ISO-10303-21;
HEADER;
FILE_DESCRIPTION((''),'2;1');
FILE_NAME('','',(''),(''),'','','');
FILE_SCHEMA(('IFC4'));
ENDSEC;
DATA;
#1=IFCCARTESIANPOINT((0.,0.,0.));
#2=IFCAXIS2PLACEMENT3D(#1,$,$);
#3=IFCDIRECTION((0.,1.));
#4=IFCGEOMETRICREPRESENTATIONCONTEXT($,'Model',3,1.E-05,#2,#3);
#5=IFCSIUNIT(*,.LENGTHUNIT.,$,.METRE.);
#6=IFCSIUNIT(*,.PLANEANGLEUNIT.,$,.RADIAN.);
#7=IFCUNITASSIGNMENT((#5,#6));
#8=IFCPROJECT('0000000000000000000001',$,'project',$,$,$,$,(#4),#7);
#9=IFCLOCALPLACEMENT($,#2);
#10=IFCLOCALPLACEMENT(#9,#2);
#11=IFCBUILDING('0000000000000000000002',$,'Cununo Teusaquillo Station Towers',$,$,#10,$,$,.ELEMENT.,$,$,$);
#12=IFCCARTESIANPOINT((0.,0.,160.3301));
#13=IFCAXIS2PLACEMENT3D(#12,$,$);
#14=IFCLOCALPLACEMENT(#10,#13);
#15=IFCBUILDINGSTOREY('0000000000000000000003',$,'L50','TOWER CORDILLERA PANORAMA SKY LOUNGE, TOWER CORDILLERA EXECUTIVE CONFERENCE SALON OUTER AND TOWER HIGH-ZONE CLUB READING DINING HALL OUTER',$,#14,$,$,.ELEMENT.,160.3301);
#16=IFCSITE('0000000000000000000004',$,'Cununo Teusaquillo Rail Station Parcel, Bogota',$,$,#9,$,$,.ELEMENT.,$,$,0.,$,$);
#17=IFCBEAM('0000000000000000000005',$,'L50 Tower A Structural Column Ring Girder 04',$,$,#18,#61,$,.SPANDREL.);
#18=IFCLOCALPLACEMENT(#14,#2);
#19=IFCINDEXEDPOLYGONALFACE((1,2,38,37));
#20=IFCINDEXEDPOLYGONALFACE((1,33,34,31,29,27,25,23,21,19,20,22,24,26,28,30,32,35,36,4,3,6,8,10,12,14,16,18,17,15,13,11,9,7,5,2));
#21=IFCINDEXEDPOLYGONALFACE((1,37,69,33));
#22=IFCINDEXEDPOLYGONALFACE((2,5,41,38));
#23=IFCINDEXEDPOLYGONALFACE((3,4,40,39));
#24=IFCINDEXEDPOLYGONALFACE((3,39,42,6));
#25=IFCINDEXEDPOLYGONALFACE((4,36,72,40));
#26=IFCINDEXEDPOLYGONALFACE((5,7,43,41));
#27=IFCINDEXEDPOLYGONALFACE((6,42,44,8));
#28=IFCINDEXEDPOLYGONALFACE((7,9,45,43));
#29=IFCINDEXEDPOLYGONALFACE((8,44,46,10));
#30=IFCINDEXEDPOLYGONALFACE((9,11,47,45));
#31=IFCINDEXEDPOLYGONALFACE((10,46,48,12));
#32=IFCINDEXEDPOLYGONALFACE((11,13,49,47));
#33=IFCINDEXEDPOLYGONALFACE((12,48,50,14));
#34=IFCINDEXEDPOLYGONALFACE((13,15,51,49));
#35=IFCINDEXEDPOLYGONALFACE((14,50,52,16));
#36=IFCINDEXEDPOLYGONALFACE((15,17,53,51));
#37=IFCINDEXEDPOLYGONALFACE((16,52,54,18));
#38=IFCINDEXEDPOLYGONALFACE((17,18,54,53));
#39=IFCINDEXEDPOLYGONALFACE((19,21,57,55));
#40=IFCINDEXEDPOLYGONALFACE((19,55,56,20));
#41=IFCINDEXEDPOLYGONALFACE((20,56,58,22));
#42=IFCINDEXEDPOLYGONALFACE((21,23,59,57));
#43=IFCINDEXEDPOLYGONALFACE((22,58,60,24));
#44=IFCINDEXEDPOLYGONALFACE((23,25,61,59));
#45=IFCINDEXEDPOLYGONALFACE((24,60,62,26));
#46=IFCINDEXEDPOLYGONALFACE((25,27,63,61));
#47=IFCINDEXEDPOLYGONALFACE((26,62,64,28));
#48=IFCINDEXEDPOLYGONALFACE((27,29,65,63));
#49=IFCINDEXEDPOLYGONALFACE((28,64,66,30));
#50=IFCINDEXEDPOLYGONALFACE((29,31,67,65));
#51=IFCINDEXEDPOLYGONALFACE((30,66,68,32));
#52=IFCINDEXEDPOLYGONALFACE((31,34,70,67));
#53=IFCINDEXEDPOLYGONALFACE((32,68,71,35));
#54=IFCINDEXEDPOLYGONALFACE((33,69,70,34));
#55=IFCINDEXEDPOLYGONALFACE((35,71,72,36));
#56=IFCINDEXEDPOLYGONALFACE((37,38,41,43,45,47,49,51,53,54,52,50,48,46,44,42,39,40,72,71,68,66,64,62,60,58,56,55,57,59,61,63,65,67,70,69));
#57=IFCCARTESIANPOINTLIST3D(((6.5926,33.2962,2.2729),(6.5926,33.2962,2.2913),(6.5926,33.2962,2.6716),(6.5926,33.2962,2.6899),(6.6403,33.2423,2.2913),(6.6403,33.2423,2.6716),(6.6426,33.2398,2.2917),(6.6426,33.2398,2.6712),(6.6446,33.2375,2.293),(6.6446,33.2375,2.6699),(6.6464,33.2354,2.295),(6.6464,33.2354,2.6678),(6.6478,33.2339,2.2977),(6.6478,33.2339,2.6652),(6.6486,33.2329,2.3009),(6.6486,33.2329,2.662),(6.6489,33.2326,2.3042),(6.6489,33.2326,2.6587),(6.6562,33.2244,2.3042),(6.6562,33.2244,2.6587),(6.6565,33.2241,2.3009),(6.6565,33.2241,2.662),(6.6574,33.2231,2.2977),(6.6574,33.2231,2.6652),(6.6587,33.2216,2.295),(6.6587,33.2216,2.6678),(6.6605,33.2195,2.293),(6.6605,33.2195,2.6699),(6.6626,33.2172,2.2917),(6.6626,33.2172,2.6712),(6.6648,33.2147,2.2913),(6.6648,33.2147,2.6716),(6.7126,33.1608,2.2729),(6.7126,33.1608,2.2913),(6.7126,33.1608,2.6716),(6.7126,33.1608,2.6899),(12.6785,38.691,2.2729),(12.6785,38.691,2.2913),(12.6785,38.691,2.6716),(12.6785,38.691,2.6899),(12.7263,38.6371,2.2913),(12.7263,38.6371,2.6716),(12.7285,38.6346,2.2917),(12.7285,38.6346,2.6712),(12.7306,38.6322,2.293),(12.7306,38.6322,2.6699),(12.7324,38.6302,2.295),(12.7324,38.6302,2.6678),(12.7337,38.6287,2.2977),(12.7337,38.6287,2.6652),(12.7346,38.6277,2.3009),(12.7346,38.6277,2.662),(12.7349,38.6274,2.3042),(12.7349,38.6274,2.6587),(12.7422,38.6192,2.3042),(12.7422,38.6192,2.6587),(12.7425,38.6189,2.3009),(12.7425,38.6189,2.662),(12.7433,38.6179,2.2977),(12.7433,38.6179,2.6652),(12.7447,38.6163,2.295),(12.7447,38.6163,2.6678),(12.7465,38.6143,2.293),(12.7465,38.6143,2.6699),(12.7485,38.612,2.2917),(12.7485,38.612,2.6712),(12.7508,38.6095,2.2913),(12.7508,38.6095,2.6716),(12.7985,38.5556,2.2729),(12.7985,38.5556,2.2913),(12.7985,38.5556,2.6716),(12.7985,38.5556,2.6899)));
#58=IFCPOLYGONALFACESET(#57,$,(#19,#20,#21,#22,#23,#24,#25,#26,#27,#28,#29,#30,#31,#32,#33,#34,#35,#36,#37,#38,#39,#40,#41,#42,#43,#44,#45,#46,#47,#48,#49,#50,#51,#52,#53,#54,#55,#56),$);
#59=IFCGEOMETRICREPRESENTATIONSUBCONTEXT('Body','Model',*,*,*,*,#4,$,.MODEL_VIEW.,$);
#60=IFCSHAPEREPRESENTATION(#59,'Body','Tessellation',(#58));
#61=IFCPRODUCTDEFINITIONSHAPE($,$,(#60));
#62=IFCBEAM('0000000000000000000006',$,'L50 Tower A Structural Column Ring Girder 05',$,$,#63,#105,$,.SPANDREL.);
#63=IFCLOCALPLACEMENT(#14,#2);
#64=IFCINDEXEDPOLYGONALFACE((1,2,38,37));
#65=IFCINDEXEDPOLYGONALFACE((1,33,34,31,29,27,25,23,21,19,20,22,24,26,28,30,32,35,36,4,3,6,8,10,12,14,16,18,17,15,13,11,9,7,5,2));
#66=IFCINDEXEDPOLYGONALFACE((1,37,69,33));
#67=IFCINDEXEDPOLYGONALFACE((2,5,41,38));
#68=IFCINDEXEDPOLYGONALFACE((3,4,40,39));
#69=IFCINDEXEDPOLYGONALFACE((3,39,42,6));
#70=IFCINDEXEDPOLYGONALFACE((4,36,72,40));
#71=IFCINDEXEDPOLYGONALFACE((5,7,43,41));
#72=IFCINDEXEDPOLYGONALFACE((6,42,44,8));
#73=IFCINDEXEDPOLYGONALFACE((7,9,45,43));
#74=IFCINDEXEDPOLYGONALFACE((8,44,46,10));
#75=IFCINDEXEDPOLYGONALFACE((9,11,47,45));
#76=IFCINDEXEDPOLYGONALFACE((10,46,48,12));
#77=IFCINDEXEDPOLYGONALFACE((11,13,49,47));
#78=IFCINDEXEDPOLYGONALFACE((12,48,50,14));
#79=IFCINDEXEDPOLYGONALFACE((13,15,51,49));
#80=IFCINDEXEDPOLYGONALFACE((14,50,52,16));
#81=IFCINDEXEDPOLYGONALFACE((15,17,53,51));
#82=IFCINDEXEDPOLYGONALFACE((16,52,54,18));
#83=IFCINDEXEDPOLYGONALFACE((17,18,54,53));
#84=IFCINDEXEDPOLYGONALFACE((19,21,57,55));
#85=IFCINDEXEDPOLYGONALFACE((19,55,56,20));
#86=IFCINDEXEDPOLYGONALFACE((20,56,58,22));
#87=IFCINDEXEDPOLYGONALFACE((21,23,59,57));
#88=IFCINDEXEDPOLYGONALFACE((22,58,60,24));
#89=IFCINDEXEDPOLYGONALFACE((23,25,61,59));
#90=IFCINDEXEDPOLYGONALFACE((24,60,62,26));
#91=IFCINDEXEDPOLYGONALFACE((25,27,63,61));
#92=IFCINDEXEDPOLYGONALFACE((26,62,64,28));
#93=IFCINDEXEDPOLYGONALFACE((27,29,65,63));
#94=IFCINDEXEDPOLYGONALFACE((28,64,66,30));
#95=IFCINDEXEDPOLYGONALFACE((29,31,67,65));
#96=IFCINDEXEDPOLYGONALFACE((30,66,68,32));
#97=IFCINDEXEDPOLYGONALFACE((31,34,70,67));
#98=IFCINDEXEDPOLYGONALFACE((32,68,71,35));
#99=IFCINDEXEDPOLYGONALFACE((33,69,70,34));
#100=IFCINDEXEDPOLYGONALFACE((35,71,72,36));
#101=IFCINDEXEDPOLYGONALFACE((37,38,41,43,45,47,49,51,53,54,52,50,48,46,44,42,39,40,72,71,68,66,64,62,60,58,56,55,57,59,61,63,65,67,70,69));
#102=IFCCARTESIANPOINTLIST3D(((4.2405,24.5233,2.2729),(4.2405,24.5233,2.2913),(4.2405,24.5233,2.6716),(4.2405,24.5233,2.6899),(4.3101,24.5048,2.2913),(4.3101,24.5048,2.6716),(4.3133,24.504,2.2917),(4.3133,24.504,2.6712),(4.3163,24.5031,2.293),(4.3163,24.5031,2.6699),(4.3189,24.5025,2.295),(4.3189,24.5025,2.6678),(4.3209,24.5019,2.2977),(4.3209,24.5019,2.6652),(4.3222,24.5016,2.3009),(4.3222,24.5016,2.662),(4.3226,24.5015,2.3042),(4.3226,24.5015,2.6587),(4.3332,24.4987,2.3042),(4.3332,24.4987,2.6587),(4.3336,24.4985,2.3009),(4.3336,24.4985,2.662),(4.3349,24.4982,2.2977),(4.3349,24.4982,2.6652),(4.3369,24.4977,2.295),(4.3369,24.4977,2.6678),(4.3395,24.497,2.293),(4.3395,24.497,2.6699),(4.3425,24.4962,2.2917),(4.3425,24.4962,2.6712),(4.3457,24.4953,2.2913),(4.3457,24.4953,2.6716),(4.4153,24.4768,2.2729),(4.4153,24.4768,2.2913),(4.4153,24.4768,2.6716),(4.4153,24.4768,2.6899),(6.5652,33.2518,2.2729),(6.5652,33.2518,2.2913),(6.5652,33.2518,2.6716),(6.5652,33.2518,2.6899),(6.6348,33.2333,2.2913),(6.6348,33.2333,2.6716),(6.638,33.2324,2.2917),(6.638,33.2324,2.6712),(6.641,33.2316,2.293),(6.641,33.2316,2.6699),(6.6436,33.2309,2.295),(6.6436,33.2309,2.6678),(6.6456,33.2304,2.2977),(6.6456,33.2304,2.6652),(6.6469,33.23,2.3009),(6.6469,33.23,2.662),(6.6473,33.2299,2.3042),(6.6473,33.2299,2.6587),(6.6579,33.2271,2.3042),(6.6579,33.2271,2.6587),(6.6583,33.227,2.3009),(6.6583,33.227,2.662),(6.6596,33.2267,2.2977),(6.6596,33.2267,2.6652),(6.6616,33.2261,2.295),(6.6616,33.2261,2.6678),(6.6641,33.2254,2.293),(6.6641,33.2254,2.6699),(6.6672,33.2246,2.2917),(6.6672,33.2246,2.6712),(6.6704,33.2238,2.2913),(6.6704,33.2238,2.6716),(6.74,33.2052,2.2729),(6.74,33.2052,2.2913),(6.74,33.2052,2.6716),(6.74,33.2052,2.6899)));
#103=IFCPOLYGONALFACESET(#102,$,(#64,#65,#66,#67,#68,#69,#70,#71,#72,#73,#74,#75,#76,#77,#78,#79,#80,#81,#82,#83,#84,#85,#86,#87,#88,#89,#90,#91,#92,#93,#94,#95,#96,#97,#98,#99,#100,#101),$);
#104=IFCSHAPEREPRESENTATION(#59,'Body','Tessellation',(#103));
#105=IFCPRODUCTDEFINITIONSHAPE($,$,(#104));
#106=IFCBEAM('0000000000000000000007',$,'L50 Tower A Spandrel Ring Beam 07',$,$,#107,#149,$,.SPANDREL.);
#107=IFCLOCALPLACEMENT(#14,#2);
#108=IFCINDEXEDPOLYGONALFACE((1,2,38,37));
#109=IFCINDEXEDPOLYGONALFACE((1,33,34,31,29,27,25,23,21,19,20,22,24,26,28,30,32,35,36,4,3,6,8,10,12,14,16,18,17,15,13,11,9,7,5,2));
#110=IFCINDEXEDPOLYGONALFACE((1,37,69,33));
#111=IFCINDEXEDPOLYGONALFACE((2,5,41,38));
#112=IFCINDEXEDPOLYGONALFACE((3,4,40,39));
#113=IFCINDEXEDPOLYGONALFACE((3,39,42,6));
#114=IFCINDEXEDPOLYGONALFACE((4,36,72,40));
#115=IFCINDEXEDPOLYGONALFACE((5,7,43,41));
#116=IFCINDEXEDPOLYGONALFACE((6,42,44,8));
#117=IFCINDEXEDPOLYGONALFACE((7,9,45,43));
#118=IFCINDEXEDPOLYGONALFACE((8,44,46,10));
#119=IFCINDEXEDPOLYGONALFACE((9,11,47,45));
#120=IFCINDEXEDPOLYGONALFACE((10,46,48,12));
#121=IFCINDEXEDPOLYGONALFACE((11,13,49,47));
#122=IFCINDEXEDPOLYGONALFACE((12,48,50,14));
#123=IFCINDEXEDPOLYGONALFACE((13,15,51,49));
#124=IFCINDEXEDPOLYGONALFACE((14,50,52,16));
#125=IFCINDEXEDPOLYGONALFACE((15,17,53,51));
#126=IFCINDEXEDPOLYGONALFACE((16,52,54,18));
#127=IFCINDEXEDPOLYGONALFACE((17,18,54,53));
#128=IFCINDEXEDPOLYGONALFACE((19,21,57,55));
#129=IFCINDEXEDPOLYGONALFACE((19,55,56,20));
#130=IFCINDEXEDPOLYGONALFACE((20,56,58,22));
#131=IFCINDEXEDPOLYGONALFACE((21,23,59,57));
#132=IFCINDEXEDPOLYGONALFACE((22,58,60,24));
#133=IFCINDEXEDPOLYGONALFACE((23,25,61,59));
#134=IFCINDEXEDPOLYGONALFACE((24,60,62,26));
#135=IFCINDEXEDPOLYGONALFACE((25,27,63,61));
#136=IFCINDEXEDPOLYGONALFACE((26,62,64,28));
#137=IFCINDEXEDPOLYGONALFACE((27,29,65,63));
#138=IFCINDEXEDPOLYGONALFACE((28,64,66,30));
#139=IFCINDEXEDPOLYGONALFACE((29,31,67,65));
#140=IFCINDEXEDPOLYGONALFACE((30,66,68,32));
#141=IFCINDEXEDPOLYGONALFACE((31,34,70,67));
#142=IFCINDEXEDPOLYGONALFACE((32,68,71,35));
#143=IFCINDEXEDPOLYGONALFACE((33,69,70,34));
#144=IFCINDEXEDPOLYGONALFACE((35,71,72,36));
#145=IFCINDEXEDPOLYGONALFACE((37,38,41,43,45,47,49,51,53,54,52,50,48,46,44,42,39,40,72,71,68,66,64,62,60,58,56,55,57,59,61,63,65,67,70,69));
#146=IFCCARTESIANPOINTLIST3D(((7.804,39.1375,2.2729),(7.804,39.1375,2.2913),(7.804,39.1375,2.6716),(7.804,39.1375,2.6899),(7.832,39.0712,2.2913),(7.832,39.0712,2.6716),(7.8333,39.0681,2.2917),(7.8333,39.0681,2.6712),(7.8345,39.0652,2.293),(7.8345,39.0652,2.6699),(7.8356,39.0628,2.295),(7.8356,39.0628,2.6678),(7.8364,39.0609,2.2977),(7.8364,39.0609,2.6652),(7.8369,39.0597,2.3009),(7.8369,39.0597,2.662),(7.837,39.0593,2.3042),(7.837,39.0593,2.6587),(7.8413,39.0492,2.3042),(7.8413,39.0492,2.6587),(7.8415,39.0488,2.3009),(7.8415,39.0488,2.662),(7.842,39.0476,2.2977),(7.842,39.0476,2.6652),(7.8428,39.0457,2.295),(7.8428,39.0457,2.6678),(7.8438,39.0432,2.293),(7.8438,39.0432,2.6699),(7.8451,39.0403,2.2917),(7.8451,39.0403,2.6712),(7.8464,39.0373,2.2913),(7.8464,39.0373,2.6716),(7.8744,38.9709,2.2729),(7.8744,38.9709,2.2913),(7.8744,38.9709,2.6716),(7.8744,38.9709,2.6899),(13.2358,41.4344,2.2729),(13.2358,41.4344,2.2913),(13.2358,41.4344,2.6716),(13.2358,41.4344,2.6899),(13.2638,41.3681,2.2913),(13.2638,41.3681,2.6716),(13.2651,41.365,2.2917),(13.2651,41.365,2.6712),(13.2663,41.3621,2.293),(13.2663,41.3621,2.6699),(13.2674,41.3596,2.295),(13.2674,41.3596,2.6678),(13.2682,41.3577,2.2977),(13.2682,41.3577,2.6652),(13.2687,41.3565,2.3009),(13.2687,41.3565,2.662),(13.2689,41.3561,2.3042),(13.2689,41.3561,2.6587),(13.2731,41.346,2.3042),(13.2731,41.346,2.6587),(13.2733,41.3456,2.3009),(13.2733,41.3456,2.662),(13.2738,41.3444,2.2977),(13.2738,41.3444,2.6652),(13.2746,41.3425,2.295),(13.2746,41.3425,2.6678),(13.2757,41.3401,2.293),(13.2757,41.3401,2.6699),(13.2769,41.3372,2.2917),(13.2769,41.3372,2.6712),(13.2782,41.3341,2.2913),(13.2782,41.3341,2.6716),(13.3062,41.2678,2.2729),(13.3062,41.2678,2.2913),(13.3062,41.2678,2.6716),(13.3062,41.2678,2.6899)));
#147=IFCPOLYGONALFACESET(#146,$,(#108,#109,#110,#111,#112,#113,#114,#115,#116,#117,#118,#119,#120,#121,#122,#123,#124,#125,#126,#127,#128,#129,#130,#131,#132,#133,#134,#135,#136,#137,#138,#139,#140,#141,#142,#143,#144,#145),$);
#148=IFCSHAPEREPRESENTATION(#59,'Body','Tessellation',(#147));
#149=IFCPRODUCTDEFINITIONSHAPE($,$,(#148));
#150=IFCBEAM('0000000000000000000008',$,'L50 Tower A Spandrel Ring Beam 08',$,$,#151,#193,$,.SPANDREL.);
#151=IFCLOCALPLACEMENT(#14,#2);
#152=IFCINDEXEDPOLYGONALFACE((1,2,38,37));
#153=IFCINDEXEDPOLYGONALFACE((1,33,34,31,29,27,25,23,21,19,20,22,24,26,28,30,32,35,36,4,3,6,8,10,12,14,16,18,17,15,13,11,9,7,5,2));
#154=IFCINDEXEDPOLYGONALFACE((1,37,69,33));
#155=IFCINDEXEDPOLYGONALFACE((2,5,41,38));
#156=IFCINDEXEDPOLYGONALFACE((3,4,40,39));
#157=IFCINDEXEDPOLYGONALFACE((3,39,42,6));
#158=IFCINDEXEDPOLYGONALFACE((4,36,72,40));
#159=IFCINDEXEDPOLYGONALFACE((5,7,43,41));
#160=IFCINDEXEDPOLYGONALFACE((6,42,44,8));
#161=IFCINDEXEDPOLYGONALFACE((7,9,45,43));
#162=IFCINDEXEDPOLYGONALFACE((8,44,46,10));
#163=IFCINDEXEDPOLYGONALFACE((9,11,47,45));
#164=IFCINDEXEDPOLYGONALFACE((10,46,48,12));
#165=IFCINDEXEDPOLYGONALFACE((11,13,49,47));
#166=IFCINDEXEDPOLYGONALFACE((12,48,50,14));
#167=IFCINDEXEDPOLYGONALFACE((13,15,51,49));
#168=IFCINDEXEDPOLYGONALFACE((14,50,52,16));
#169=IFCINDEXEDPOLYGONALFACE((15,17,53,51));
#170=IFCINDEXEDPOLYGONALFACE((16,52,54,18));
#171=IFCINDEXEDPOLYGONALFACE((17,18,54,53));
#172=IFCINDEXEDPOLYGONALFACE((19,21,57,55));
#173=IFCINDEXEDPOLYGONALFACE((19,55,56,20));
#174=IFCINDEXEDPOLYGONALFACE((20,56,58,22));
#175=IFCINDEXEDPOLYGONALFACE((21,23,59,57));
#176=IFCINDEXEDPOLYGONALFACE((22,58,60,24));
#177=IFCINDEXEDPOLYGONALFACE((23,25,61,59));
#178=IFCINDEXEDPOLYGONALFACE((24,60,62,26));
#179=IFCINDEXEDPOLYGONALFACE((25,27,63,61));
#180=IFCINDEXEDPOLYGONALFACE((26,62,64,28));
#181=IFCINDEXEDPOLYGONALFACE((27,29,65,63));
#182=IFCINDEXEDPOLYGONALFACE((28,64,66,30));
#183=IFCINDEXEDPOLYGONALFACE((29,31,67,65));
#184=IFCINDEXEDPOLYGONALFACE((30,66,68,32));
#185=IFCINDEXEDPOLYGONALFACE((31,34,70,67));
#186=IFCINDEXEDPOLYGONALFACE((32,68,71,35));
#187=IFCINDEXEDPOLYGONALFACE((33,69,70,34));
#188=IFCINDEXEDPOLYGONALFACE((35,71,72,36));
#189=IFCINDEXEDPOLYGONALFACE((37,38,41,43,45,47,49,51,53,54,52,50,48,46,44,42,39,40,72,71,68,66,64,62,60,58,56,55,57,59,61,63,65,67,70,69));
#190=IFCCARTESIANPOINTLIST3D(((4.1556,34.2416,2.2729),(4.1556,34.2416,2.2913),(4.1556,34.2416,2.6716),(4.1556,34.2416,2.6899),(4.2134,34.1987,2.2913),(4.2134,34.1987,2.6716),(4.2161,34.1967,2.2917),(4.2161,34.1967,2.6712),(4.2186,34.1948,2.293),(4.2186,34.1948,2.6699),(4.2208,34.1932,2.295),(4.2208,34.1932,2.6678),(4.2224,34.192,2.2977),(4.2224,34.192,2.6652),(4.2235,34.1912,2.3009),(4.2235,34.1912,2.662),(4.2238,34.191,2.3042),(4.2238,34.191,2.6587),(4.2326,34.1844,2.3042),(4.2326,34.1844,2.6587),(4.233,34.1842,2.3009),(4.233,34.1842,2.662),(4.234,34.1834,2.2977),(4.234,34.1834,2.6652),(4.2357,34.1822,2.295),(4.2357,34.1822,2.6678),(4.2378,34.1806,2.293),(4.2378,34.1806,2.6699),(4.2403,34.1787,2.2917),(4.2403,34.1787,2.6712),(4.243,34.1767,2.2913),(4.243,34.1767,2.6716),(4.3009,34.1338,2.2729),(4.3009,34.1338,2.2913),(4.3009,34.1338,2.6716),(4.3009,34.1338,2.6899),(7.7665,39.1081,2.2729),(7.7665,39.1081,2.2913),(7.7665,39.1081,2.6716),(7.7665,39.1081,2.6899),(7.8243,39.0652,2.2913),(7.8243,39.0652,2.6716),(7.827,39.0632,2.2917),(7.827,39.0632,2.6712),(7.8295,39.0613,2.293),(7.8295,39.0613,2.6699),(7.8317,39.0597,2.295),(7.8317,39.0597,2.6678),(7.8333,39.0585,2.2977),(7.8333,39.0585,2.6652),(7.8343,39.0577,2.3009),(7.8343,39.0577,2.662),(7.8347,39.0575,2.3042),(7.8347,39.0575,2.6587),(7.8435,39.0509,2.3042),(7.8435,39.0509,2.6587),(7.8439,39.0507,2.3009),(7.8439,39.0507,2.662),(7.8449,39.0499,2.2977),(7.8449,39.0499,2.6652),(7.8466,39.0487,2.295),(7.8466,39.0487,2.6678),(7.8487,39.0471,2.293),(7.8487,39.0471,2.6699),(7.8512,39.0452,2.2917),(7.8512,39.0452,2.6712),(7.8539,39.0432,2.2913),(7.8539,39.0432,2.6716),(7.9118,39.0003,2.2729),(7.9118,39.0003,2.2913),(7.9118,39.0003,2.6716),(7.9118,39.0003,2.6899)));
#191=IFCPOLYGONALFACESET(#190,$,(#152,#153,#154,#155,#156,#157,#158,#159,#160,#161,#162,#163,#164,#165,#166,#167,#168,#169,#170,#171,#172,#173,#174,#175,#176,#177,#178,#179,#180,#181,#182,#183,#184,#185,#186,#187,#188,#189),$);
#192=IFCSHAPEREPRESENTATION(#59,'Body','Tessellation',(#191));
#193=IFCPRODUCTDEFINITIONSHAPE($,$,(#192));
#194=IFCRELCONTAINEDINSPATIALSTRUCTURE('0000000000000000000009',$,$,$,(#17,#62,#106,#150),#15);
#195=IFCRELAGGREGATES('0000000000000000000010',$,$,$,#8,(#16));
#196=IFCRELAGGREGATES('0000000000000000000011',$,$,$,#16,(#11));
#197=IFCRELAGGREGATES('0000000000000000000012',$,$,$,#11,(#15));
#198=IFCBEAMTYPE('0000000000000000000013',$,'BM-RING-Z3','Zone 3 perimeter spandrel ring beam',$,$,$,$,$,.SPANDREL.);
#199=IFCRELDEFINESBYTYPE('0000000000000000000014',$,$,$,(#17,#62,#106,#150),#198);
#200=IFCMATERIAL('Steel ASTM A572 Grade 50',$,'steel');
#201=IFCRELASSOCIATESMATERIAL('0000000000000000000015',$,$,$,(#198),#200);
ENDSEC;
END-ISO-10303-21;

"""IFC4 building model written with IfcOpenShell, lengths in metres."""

from ifc_helpers import new_model, si_unit, direction, frame, origin, origin_2d, place, context, subcontext, project, spatial, i_section, extrude, material, material_profile, profile_set, type_object, element, save


model = new_model("IFC4")

# Units and contexts
model_context = context("Model", 3, precision=1e-05, world=origin(), true_north=direction((0.0, 1.0)))
body_context = subcontext(model_context, "Body", "Model", "MODEL_VIEW")
ifc_project = project(units=[si_unit("LENGTHUNIT", "METRE"), si_unit("PLANEANGLEUNIT", "RADIAN")], contexts=[model_context])

# Site, building, storey
site_placement = place(None, origin())
site = spatial("IfcSite", under=ifc_project, at=site_placement, Name="Cununo Teusaquillo Rail Station Parcel, Bogota", CompositionType="ELEMENT", RefElevation=0.0)
building_placement = place(site_placement, origin())
building = spatial("IfcBuilding", under=site, at=building_placement, Name="Cununo Teusaquillo Station Towers", CompositionType="ELEMENT")
storey_placement = place(building_placement, frame((0.0, 0.0, 160.3301)))
storey = spatial("IfcBuildingStorey", under=building, at=storey_placement, Name="L50", Description="TOWER CORDILLERA PANORAMA SKY LOUNGE, TOWER CORDILLERA EXECUTIVE CONFERENCE SALON OUTER AND TOWER HIGH-ZONE CLUB READING DINING HALL OUTER", CompositionType="ELEMENT", Elevation=160.3301)

# Beams
ifc_material_1 = material(Name="Steel ASTM A572 Grade 50", Category="steel")
ifc_material_profile_1 = material_profile(ifc_material_1, i_section(OverallWidth=0.1809, OverallDepth=0.417, WebThickness=0.011, FlangeThickness=0.0183, FilletRadius=0.0129, at=origin_2d()), Name="W16X57")
ifc_profile_set_1 = profile_set([ifc_material_profile_1], Name="Steel ASTM A572 Grade 50")
beam_type_1 = type_object("IfcBeamType", Name="BM-RING-Z3", Description="Zone 3 perimeter spandrel ring beam", PredefinedType="SPANDREL", material=ifc_profile_set_1)
beam_1_placement = place(storey_placement, frame((12.7385, 38.6233, 2.4814), z_axis=(-0.748321, -0.663337, 0.0), x_axis=(0.663337, -0.748321, 0.0)))
element("IfcBeam", 1, at=beam_1_placement, inside=storey, type_object=beam_type_1, Name="L50 Tower A Structural Column Ring Girder 04", PredefinedType="SPANDREL", context=body_context, shape_type="SweptSolid", body=[
    extrude(i_section(OverallWidth=0.1809, OverallDepth=0.417, WebThickness=0.011, FlangeThickness=0.0183, FilletRadius=0.0129, at=origin_2d()), origin(), (0.0, 0.0, 1.0), 8.1328),
])
beam_2_placement = place(storey_placement, frame((6.6526, 33.2285, 2.4814), z_axis=(-0.257363, -0.966315, 0.0), x_axis=(0.966315, -0.257363, 0.0)))
element("IfcBeam", 2, at=beam_2_placement, inside=storey, type_object=beam_type_1, Name="L50 Tower A Structural Column Ring Girder 05", PredefinedType="SPANDREL", context=body_context, shape_type="SweptSolid", body=[
    extrude(i_section(OverallWidth=0.1809, OverallDepth=0.417, WebThickness=0.011, FlangeThickness=0.0183, FilletRadius=0.0129, at=origin_2d()), origin(), (0.0, 0.0, 1.0), 9.0327),
])
beam_3_placement = place(storey_placement, frame((13.271, 41.3511, 2.4814), z_axis=(-0.921042, -0.389463, 0.0), x_axis=(0.389463, -0.921042, 0.0)))
element("IfcBeam", 3, at=beam_3_placement, inside=storey, type_object=beam_type_1, Name="L50 Tower A Spandrel Ring Beam 07", PredefinedType="SPANDREL", context=body_context, shape_type="SweptSolid", body=[
    extrude(i_section(OverallWidth=0.1809, OverallDepth=0.417, WebThickness=0.011, FlangeThickness=0.0183, FilletRadius=0.0129, at=origin_2d()), origin(), (0.0, 0.0, 1.0), 5.8975),
])
beam_4_placement = place(storey_placement, frame((7.8391, 39.0542, 2.4814), z_axis=(-0.595873, -0.803079, 0.0), x_axis=(0.803079, -0.595873, 0.0)))
element("IfcBeam", 4, at=beam_4_placement, inside=storey, type_object=beam_type_1, Name="L50 Tower A Spandrel Ring Beam 08", PredefinedType="SPANDREL", context=body_context, shape_type="SweptSolid", body=[
    extrude(i_section(OverallWidth=0.1809, OverallDepth=0.417, WebThickness=0.011, FlangeThickness=0.0183, FilletRadius=0.0129, at=origin_2d()), origin(), (0.0, 0.0, 1.0), 6.0598),
])

save(model, "model.ifc")
